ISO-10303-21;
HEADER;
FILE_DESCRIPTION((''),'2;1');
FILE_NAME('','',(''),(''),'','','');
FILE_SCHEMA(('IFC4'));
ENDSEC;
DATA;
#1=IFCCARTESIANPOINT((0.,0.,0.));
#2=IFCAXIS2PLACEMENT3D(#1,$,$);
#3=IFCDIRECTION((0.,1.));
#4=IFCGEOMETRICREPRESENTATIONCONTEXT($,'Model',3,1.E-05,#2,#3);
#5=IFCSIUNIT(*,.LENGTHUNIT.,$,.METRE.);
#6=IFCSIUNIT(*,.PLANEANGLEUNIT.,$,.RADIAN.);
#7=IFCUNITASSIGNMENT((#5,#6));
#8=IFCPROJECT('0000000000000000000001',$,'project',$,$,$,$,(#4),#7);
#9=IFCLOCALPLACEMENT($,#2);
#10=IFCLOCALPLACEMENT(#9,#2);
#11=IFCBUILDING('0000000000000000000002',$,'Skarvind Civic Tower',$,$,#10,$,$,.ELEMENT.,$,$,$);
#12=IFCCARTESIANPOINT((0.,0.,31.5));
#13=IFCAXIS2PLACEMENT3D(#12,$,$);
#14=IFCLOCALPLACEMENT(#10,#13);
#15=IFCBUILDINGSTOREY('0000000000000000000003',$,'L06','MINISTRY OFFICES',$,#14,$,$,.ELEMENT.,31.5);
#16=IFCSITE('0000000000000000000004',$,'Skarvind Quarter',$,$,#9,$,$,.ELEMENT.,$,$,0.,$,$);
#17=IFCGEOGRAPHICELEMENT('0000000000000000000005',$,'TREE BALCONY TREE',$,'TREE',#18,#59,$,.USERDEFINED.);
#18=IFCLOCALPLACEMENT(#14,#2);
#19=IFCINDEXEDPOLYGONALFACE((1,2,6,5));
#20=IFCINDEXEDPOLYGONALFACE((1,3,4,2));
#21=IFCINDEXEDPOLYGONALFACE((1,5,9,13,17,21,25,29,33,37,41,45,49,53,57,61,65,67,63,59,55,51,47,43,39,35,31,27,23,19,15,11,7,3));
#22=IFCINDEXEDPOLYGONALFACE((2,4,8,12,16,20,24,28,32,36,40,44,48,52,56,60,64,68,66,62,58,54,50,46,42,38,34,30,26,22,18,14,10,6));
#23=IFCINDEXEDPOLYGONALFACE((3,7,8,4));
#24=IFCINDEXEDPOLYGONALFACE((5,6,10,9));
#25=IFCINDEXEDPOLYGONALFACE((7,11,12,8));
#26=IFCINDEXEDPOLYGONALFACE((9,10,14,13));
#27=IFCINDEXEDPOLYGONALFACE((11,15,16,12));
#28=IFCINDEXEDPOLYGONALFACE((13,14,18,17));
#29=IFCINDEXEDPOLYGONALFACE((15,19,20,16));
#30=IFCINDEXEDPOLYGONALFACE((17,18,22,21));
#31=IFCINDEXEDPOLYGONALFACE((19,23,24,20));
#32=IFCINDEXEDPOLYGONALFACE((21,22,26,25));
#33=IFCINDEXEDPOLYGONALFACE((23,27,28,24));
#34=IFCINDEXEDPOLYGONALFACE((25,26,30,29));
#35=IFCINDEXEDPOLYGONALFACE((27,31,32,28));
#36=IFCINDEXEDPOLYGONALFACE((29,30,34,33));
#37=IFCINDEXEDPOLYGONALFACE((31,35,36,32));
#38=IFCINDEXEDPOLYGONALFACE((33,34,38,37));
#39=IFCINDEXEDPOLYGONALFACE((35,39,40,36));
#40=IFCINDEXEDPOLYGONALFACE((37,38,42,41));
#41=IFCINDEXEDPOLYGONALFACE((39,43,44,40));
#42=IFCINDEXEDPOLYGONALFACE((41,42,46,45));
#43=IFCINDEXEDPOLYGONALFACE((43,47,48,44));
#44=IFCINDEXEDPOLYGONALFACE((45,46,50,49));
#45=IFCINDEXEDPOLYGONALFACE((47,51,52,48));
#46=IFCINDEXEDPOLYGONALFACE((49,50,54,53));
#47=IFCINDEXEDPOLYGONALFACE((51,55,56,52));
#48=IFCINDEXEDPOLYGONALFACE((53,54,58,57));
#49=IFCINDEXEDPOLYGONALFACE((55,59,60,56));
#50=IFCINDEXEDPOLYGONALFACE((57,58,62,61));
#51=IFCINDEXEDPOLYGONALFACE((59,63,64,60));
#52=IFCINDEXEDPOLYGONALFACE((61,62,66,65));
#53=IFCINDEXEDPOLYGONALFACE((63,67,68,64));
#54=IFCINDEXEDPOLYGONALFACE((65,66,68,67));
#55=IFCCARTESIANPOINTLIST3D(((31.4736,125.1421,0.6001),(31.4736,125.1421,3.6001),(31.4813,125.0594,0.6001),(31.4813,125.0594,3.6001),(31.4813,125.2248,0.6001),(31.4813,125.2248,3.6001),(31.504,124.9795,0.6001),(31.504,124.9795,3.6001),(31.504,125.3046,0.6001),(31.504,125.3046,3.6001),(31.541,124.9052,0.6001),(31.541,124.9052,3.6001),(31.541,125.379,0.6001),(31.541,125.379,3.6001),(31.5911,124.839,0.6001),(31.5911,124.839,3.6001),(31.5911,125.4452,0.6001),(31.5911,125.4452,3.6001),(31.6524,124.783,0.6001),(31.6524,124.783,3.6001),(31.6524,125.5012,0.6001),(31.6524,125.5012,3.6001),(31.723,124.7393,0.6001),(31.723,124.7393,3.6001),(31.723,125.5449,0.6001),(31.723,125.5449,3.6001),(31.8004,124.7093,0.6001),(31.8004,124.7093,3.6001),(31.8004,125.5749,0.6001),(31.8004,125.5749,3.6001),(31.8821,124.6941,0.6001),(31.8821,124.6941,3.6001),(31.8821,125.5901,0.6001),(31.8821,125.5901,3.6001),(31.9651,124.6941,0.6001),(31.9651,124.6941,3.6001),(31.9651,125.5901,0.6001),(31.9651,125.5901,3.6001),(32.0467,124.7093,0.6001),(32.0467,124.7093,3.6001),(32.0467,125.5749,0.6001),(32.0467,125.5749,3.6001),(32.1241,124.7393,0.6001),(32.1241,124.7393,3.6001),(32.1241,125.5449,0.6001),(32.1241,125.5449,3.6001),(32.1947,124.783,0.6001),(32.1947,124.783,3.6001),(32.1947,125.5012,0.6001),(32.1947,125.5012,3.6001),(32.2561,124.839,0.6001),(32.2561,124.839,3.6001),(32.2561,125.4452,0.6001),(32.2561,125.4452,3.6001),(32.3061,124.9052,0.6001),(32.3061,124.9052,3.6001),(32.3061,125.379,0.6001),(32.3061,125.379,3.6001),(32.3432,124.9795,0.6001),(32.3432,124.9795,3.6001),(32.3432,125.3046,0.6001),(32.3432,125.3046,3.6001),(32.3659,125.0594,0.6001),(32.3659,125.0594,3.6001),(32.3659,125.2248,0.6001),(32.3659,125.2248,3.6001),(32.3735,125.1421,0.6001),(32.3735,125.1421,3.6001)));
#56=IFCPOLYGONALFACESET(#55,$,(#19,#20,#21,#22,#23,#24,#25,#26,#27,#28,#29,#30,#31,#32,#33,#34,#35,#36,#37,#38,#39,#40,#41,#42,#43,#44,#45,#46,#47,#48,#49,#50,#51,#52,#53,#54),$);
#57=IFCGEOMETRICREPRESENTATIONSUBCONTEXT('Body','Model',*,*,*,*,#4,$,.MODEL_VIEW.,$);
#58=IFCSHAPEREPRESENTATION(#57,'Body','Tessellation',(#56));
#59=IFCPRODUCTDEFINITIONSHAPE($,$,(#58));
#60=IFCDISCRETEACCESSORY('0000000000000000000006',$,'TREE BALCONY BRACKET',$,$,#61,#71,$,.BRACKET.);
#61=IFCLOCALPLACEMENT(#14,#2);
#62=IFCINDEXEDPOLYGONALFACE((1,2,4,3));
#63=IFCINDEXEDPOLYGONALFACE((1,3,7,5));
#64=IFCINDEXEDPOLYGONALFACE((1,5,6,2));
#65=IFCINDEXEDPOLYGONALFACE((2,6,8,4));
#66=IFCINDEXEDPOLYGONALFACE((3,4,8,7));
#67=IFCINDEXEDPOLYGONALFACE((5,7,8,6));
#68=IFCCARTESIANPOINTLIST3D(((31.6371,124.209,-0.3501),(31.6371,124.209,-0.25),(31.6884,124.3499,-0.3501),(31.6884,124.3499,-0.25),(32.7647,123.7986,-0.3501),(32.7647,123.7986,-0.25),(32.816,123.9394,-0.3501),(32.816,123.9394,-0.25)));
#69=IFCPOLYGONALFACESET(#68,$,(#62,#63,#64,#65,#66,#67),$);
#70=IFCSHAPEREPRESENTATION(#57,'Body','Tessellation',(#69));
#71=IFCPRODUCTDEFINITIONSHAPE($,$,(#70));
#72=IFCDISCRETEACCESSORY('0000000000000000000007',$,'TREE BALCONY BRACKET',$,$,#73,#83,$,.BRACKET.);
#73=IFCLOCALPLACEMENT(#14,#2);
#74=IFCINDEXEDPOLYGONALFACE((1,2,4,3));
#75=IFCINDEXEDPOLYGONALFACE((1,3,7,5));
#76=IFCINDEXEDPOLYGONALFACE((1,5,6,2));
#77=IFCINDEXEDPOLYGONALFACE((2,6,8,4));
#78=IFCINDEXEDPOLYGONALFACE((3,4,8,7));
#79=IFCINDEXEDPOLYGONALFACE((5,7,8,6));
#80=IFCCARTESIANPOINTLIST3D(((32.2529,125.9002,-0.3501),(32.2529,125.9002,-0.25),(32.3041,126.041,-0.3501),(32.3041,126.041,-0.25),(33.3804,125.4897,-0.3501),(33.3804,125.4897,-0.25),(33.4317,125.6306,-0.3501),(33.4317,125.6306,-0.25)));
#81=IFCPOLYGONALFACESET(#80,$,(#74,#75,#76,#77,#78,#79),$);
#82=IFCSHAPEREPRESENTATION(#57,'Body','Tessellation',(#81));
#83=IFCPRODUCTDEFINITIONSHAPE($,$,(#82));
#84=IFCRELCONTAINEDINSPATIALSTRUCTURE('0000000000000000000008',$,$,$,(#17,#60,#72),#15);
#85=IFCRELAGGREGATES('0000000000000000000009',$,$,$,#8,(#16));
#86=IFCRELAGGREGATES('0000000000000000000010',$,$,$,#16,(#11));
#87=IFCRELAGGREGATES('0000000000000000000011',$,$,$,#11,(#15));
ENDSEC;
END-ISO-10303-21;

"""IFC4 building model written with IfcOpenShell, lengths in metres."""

from ifc_helpers import new_model, si_unit, direction, frame, origin, origin_2d, place, context, subcontext, project, spatial, rectangle, circle, extrude, element, save


model = new_model("IFC4")

# Units and contexts
model_context = context("Model", 3, precision=1e-05, world=origin(), true_north=direction((0.0, 1.0)))
body_context = subcontext(model_context, "Body", "Model", "MODEL_VIEW")
ifc_project = project(units=[si_unit("LENGTHUNIT", "METRE"), si_unit("PLANEANGLEUNIT", "RADIAN")], contexts=[model_context])

# Site, building, storey
site_placement = place(None, origin())
site = spatial("IfcSite", under=ifc_project, at=site_placement, Name="Skarvind Quarter", CompositionType="ELEMENT", RefElevation=0.0)
building_placement = place(site_placement, origin())
building = spatial("IfcBuilding", under=site, at=building_placement, Name="Skarvind Civic Tower", CompositionType="ELEMENT")
storey_placement = place(building_placement, frame((0.0, 0.0, 31.5)))
storey = spatial("IfcBuildingStorey", under=building, at=storey_placement, Name="L06", Description="MINISTRY OFFICES", CompositionType="ELEMENT", Elevation=31.5)

# Geographic element
geographic_element_placement = place(storey_placement, frame((31.9236, 125.1421, 0.6001), z_axis=(0.0, 0.0, 1.0), x_axis=(1.0, 0.0, 0.0)))
element("IfcGeographicElement", 1, at=geographic_element_placement, inside=storey, Name="TREE BALCONY TREE", ObjectType="TREE", PredefinedType="USERDEFINED", context=body_context, shape_type="SweptSolid", body=[
    extrude(circle(Radius=0.45, at=origin_2d()), origin(), (0.0, 0.0, 1.0), 3.0),
])

# Discrete accessories
for number, where, z_axis, x_axis, name in (
    (2, (32.2266, 124.0742, -0.3501), (0.0, 0.0, 1.0), (0.34202, 0.939693, 0.0), "TREE BALCONY BRACKET"),
    (3, (32.8423, 125.7654, -0.3501), (0.0, 0.0, 1.0), (0.34202, 0.939693, 0.0), "TREE BALCONY BRACKET"),
):
    element("IfcDiscreteAccessory", number, at=place(storey_placement, frame(where, z_axis=z_axis, x_axis=x_axis)), inside=storey, Name=name, PredefinedType="BRACKET", context=body_context, shape_type="SweptSolid", body=[
        extrude(rectangle(XDim=0.1499, YDim=1.2, at=origin_2d()), origin(), (0.0, 0.0, 1.0), 0.1001),
    ])

save(model, "model.ifc")
